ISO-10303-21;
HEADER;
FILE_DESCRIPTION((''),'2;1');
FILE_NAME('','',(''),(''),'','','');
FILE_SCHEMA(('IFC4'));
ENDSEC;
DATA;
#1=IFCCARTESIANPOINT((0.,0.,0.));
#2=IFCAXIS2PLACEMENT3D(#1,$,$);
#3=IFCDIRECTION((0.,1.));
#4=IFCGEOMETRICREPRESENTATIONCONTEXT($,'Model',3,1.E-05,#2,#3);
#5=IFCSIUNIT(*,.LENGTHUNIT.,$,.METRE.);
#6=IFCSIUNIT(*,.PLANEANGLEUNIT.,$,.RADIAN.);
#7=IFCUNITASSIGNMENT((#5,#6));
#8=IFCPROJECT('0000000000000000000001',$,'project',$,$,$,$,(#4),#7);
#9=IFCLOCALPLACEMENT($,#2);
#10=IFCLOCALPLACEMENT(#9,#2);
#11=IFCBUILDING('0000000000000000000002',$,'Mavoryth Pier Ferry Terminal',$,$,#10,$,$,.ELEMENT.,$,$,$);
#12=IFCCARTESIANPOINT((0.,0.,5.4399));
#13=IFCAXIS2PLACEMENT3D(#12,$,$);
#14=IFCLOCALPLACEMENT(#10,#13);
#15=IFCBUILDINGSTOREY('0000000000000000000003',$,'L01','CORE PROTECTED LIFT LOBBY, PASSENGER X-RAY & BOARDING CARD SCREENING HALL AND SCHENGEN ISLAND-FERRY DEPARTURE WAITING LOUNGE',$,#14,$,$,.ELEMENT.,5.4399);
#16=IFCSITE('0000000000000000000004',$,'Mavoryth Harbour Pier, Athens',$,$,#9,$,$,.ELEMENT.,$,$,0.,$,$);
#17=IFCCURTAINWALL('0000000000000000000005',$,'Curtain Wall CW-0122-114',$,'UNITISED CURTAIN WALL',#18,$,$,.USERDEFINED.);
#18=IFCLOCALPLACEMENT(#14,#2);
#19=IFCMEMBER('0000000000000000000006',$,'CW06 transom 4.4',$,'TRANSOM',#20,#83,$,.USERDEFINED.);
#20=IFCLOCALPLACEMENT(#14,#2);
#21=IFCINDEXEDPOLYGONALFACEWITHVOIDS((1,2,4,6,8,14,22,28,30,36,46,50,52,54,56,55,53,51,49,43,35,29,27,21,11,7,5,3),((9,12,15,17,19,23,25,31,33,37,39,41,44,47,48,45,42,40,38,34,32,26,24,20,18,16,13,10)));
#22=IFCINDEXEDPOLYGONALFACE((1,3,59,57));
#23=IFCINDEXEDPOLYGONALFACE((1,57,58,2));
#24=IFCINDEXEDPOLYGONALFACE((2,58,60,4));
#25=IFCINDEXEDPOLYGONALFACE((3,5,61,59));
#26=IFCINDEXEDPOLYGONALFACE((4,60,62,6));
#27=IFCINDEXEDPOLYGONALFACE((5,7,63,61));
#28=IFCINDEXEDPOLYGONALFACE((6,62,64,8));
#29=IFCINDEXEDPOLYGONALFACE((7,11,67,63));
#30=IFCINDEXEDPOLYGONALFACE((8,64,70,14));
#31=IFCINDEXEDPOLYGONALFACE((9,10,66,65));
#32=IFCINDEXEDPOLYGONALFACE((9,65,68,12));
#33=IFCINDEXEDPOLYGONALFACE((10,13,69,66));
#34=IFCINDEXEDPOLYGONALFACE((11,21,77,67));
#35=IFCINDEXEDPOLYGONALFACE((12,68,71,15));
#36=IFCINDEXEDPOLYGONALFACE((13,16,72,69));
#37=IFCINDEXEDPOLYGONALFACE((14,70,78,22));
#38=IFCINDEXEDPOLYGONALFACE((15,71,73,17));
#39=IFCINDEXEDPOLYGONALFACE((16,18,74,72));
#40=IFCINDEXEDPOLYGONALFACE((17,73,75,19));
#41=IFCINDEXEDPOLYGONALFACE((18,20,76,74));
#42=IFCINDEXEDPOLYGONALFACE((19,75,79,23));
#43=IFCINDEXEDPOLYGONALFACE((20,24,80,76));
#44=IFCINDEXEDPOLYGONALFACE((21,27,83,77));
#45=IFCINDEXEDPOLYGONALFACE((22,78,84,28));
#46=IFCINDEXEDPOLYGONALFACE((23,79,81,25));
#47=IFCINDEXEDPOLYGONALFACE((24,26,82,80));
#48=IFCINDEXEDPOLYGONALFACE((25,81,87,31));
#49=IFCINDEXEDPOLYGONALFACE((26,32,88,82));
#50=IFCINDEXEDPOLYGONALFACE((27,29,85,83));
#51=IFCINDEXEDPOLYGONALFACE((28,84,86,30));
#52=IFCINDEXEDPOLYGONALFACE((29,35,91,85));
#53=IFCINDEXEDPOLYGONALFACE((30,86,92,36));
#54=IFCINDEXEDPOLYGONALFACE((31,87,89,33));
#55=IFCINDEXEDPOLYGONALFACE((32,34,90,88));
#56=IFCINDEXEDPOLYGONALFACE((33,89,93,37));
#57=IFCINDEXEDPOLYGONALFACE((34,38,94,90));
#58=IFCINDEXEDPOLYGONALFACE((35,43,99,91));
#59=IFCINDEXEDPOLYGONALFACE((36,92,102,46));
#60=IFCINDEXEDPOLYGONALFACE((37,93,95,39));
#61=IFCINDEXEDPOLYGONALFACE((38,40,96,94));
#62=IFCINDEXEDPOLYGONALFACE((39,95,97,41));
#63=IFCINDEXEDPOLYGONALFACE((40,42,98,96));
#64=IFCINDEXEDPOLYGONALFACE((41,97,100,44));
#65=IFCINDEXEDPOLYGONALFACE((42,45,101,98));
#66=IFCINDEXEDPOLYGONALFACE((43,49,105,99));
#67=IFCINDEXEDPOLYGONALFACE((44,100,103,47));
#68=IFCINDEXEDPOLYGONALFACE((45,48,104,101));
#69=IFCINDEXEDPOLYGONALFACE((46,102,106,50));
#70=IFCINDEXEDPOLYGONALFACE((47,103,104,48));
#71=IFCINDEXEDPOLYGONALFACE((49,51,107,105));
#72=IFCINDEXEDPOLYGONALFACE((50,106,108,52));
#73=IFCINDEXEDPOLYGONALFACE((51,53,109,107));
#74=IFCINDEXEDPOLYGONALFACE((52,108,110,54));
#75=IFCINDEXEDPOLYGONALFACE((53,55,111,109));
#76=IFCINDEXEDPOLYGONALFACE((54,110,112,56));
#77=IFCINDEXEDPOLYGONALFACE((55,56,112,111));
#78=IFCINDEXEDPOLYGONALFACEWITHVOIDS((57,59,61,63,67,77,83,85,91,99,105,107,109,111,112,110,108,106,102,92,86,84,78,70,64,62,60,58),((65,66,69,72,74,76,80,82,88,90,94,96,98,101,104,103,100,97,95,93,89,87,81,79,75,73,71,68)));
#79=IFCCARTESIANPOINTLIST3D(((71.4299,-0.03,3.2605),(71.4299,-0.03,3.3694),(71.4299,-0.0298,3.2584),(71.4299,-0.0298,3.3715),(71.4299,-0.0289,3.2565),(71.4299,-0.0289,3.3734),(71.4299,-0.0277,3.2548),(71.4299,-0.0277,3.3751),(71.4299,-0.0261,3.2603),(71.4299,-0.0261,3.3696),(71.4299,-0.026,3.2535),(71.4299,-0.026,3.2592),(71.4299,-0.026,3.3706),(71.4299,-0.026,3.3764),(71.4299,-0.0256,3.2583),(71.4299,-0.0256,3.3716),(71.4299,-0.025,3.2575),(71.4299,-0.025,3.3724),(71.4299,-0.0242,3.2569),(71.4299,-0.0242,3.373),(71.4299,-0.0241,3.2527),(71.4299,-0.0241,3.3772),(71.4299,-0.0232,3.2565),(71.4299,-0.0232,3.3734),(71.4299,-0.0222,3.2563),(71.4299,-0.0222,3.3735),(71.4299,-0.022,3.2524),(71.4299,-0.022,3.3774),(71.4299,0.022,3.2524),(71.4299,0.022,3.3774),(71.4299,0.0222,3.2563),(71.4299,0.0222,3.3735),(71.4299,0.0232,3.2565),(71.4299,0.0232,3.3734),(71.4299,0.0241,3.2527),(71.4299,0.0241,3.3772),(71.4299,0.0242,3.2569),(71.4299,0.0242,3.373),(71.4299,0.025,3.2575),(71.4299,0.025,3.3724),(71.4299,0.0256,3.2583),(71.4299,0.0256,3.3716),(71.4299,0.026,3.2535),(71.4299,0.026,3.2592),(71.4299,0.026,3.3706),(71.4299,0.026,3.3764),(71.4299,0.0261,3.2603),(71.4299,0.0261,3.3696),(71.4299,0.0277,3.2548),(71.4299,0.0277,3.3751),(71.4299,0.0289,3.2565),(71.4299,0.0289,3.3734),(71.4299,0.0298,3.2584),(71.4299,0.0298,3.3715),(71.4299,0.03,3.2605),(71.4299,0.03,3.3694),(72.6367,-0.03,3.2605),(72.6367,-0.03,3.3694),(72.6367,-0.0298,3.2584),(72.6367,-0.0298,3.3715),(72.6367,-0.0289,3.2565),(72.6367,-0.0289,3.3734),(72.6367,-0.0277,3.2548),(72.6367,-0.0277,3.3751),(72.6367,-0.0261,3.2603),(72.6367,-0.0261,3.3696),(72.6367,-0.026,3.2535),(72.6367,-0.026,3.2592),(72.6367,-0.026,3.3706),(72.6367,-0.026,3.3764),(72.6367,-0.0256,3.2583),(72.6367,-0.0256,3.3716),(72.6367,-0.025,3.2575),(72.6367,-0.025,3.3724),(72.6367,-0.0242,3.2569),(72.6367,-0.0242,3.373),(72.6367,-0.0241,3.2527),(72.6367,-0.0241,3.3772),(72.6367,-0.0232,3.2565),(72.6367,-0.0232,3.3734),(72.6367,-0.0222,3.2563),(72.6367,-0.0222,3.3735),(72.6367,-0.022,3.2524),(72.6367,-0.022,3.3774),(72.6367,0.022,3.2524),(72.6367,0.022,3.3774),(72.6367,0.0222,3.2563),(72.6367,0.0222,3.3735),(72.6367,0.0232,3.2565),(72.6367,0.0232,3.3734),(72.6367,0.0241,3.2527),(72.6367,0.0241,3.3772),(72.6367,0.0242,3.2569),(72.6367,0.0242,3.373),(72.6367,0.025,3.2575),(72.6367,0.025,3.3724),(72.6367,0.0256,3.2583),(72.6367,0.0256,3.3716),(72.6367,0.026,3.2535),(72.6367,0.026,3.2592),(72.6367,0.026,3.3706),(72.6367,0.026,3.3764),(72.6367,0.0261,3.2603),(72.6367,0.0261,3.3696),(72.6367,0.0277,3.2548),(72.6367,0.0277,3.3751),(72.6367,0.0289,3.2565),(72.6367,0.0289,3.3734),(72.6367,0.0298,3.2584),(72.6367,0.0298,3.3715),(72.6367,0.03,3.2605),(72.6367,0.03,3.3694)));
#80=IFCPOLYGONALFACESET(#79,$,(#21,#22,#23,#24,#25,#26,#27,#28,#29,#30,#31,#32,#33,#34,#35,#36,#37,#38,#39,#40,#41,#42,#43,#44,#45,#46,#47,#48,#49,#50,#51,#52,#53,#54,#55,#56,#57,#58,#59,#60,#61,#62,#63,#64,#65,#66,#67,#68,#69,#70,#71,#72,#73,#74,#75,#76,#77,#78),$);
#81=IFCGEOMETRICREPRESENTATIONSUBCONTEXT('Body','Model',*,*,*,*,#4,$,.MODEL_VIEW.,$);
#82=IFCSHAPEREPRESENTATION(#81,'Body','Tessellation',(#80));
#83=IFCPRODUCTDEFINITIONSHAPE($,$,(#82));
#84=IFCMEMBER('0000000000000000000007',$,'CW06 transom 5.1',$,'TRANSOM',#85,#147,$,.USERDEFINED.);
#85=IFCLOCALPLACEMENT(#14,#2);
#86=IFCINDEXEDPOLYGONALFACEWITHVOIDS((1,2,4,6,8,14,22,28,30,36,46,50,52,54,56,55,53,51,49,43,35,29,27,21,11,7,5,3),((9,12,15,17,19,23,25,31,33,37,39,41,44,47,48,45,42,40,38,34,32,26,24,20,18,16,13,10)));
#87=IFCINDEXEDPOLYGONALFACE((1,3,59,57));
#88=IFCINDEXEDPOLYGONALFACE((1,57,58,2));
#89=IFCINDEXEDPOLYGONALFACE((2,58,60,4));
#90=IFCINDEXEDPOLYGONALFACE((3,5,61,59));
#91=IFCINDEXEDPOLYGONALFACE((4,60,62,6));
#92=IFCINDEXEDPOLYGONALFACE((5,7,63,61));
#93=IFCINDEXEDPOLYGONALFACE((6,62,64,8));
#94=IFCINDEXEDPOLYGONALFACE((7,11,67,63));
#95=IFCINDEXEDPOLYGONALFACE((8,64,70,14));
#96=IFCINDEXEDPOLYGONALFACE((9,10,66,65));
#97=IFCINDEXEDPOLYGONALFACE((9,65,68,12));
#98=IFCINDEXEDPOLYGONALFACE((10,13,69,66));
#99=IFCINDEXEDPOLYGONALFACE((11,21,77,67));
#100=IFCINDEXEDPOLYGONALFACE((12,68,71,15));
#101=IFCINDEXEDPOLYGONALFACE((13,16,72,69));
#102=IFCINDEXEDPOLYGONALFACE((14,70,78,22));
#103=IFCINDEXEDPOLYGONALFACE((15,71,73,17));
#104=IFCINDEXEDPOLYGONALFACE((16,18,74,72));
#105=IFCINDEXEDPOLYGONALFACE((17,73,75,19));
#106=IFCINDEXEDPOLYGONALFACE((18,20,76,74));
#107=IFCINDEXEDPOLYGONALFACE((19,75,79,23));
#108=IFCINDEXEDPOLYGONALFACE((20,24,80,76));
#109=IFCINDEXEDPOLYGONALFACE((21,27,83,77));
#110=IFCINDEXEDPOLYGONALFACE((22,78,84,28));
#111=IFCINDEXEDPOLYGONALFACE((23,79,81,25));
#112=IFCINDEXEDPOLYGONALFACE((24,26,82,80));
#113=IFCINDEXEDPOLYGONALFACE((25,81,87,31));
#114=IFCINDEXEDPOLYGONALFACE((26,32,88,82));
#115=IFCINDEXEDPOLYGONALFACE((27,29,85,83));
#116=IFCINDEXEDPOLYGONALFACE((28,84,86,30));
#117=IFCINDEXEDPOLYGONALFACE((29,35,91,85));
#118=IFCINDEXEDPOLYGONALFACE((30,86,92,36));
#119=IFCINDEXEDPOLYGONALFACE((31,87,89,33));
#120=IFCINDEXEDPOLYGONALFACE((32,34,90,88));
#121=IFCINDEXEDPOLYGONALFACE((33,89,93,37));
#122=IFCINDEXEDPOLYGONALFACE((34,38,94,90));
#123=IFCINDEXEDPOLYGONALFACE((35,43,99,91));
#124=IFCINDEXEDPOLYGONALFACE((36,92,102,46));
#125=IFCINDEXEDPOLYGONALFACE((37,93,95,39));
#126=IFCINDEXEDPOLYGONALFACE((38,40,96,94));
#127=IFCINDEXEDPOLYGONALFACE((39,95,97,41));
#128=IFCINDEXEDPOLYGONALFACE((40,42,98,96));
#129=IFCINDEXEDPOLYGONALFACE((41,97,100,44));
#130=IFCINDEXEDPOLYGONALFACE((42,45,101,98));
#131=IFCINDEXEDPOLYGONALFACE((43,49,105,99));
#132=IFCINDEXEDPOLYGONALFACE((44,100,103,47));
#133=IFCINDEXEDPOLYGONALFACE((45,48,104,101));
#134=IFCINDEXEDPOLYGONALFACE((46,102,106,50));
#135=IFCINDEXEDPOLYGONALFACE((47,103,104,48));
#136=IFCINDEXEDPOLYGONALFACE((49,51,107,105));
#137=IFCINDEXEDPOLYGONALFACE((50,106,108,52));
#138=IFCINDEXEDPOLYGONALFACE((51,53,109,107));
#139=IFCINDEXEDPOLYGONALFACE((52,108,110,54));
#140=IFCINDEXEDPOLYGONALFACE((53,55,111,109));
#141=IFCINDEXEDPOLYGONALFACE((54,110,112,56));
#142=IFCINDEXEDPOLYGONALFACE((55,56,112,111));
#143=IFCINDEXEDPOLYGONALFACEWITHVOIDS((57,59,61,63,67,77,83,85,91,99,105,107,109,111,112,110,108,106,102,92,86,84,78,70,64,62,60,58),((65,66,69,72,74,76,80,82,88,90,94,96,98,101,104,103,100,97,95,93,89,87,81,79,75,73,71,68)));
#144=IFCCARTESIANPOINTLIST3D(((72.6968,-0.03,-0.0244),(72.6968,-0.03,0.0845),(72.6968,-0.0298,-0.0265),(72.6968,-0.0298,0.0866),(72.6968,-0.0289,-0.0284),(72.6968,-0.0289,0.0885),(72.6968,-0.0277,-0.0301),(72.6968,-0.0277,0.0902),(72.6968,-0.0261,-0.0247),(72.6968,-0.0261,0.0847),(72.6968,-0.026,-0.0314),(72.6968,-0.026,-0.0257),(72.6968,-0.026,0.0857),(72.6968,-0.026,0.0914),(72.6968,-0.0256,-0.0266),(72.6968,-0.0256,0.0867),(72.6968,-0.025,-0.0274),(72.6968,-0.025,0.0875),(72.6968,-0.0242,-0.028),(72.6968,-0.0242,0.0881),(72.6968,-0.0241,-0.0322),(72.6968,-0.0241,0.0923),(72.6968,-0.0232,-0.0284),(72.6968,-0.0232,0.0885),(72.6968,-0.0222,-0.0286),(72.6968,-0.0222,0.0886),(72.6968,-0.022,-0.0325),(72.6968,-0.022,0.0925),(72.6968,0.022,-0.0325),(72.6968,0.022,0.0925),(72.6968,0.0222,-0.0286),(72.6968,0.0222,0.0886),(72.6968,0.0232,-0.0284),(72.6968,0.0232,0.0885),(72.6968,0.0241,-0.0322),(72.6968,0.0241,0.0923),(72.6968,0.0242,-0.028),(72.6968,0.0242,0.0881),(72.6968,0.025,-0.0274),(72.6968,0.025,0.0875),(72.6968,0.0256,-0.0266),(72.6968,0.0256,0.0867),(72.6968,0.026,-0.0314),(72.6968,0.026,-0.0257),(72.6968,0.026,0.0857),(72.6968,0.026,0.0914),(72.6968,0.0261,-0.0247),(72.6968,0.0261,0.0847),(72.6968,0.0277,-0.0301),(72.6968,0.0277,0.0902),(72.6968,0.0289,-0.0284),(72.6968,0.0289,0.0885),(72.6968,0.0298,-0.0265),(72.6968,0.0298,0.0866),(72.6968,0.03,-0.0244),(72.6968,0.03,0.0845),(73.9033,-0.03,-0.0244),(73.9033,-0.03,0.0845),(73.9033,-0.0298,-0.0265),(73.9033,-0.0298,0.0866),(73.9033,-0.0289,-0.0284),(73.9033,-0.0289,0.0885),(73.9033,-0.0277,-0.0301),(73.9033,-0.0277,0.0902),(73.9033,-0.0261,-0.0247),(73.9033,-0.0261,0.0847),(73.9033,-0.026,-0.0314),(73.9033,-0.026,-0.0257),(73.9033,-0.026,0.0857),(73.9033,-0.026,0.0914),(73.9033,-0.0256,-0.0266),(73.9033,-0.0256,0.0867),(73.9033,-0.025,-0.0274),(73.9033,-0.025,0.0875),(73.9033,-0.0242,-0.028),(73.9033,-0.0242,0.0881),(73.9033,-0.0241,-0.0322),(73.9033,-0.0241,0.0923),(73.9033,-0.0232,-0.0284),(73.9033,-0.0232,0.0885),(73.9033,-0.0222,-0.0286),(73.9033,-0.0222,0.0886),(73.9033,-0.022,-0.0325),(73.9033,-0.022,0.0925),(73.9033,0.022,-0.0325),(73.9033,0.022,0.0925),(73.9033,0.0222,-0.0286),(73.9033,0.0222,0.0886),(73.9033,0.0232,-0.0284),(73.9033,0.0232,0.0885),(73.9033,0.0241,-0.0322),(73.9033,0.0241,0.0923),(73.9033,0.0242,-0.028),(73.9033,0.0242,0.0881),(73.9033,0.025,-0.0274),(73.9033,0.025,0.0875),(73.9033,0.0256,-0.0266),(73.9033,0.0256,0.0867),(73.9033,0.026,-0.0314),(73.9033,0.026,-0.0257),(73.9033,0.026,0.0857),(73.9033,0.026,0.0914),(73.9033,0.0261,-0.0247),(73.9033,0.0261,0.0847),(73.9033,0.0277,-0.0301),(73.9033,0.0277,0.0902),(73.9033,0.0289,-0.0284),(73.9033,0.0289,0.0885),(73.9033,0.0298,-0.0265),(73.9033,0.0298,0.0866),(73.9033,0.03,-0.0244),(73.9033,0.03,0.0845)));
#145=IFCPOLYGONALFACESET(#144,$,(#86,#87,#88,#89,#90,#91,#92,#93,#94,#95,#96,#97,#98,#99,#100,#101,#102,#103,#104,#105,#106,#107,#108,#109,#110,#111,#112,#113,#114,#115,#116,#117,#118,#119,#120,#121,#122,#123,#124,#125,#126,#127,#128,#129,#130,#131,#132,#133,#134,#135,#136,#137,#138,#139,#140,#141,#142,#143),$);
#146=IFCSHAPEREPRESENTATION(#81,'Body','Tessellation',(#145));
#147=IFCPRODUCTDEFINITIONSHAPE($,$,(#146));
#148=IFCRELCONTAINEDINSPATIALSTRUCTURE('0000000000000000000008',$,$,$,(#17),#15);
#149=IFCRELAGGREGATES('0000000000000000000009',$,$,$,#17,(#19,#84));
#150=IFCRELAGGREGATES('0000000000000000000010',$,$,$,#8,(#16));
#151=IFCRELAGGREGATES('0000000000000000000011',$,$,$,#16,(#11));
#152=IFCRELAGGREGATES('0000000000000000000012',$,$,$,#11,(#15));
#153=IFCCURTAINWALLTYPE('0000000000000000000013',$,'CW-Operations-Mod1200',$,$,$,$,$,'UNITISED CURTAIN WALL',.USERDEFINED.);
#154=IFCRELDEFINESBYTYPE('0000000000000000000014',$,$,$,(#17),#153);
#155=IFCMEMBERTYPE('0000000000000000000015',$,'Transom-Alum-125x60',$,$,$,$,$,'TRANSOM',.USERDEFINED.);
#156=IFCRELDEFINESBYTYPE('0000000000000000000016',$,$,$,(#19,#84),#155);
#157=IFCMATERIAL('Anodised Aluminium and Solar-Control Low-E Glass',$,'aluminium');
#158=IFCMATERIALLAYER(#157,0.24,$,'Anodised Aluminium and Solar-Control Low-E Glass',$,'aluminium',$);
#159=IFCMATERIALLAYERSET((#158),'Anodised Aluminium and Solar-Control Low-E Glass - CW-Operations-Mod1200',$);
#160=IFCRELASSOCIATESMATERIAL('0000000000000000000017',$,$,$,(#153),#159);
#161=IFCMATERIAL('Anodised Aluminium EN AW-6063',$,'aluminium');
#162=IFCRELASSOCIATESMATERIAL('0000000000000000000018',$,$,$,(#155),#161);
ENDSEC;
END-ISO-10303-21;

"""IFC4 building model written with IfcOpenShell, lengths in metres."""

from ifc_helpers import new_model, si_unit, direction, frame, origin, origin_2d, place, context, subcontext, project, spatial, hollow_rectangle, extrude, material, layer, layer_set, material_profile, profile_set, type_object, element, aggregate, save


model = new_model("IFC4")

# Units and contexts
model_context = context("Model", 3, precision=1e-05, world=origin(), true_north=direction((0.0, 1.0)))
body_context = subcontext(model_context, "Body", "Model", "MODEL_VIEW")
ifc_project = project(units=[si_unit("LENGTHUNIT", "METRE"), si_unit("PLANEANGLEUNIT", "RADIAN")], contexts=[model_context])

# Site, building, storey
site_placement = place(None, origin())
site = spatial("IfcSite", under=ifc_project, at=site_placement, Name="Mavoryth Harbour Pier, Athens", CompositionType="ELEMENT", RefElevation=0.0)
building_placement = place(site_placement, origin())
building = spatial("IfcBuilding", under=site, at=building_placement, Name="Mavoryth Pier Ferry Terminal", CompositionType="ELEMENT")
storey_placement = place(building_placement, frame((0.0, 0.0, 5.4399)))
storey = spatial("IfcBuildingStorey", under=building, at=storey_placement, Name="L01", Description="CORE PROTECTED LIFT LOBBY, PASSENGER X-RAY & BOARDING CARD SCREENING HALL AND SCHENGEN ISLAND-FERRY DEPARTURE WAITING LOUNGE", CompositionType="ELEMENT", Elevation=5.4399)

# Curtain wall
ifc_material_1 = material(Name="Anodised Aluminium and Solar-Control Low-E Glass", Category="aluminium")
ifc_layer_1 = layer(ifc_material_1, 0.24, Name="Anodised Aluminium and Solar-Control Low-E Glass", Category="aluminium")
ifc_layer_set_1 = layer_set([ifc_layer_1], Name="Anodised Aluminium and Solar-Control Low-E Glass - CW-Operations-Mod1200")
curtain_wall_type = type_object("IfcCurtainWallType", Name="CW-Operations-Mod1200", ElementType="UNITISED CURTAIN WALL", PredefinedType="USERDEFINED", material=ifc_layer_set_1)
curtain_wall_1_placement = place(storey_placement, origin())
curtain_wall_1 = element("IfcCurtainWall", 1, at=curtain_wall_1_placement, inside=storey, type_object=curtain_wall_type, Name="Curtain Wall CW-0122-114", ObjectType="UNITISED CURTAIN WALL", PredefinedType="USERDEFINED")
ifc_material_2 = material(Name="Anodised Aluminium EN AW-6063", Category="aluminium")

# Members
ifc_material_profile_1 = material_profile(ifc_material_2, hollow_rectangle(XDim=0.0601, YDim=0.125, WallThickness=0.0039, InnerFilletRadius=0.0039, OuterFilletRadius=0.0081, at=origin_2d()), Name="AL-TRAN 125x60x4", Category="aluminium")
ifc_profile_set_1 = profile_set([ifc_material_profile_1], Name="Anodised Aluminium EN AW-6063 - AL-TRAN 125x60x4")
member_type_1 = type_object("IfcMemberType", Name="Transom-Alum-125x60", ElementType="TRANSOM", PredefinedType="USERDEFINED", material=ifc_profile_set_1)
member_1_placement = place(storey_placement, frame((71.4299, 0.0, 3.3149), z_axis=(1.0, 0.0, 0.0), x_axis=(0.0, 1.0, 0.0)))
member_1 = element("IfcMember", 2, at=member_1_placement, type_object=member_type_1, Name="CW06 transom 4.4", ObjectType="TRANSOM", PredefinedType="USERDEFINED", context=body_context, shape_type="SweptSolid", body=[
    extrude(hollow_rectangle(XDim=0.0601, YDim=0.125, WallThickness=0.0039, InnerFilletRadius=0.0039, OuterFilletRadius=0.0081, at=origin_2d()), origin(), (0.0, 0.0, 1.0), 1.2068),
])
member_2_placement = place(storey_placement, frame((72.6968, 0.0, 0.03), z_axis=(1.0, 0.0, 0.0), x_axis=(0.0, 1.0, 0.0)))
member_2 = element("IfcMember", 3, at=member_2_placement, type_object=member_type_1, Name="CW06 transom 5.1", ObjectType="TRANSOM", PredefinedType="USERDEFINED", context=body_context, shape_type="SweptSolid", body=[
    extrude(hollow_rectangle(XDim=0.0601, YDim=0.125, WallThickness=0.0039, InnerFilletRadius=0.0039, OuterFilletRadius=0.0081, at=origin_2d()), origin(), (0.0, 0.0, 1.0), 1.2065),
])

aggregate(curtain_wall_1, [member_1, member_2])

save(model, "model.ifc")
